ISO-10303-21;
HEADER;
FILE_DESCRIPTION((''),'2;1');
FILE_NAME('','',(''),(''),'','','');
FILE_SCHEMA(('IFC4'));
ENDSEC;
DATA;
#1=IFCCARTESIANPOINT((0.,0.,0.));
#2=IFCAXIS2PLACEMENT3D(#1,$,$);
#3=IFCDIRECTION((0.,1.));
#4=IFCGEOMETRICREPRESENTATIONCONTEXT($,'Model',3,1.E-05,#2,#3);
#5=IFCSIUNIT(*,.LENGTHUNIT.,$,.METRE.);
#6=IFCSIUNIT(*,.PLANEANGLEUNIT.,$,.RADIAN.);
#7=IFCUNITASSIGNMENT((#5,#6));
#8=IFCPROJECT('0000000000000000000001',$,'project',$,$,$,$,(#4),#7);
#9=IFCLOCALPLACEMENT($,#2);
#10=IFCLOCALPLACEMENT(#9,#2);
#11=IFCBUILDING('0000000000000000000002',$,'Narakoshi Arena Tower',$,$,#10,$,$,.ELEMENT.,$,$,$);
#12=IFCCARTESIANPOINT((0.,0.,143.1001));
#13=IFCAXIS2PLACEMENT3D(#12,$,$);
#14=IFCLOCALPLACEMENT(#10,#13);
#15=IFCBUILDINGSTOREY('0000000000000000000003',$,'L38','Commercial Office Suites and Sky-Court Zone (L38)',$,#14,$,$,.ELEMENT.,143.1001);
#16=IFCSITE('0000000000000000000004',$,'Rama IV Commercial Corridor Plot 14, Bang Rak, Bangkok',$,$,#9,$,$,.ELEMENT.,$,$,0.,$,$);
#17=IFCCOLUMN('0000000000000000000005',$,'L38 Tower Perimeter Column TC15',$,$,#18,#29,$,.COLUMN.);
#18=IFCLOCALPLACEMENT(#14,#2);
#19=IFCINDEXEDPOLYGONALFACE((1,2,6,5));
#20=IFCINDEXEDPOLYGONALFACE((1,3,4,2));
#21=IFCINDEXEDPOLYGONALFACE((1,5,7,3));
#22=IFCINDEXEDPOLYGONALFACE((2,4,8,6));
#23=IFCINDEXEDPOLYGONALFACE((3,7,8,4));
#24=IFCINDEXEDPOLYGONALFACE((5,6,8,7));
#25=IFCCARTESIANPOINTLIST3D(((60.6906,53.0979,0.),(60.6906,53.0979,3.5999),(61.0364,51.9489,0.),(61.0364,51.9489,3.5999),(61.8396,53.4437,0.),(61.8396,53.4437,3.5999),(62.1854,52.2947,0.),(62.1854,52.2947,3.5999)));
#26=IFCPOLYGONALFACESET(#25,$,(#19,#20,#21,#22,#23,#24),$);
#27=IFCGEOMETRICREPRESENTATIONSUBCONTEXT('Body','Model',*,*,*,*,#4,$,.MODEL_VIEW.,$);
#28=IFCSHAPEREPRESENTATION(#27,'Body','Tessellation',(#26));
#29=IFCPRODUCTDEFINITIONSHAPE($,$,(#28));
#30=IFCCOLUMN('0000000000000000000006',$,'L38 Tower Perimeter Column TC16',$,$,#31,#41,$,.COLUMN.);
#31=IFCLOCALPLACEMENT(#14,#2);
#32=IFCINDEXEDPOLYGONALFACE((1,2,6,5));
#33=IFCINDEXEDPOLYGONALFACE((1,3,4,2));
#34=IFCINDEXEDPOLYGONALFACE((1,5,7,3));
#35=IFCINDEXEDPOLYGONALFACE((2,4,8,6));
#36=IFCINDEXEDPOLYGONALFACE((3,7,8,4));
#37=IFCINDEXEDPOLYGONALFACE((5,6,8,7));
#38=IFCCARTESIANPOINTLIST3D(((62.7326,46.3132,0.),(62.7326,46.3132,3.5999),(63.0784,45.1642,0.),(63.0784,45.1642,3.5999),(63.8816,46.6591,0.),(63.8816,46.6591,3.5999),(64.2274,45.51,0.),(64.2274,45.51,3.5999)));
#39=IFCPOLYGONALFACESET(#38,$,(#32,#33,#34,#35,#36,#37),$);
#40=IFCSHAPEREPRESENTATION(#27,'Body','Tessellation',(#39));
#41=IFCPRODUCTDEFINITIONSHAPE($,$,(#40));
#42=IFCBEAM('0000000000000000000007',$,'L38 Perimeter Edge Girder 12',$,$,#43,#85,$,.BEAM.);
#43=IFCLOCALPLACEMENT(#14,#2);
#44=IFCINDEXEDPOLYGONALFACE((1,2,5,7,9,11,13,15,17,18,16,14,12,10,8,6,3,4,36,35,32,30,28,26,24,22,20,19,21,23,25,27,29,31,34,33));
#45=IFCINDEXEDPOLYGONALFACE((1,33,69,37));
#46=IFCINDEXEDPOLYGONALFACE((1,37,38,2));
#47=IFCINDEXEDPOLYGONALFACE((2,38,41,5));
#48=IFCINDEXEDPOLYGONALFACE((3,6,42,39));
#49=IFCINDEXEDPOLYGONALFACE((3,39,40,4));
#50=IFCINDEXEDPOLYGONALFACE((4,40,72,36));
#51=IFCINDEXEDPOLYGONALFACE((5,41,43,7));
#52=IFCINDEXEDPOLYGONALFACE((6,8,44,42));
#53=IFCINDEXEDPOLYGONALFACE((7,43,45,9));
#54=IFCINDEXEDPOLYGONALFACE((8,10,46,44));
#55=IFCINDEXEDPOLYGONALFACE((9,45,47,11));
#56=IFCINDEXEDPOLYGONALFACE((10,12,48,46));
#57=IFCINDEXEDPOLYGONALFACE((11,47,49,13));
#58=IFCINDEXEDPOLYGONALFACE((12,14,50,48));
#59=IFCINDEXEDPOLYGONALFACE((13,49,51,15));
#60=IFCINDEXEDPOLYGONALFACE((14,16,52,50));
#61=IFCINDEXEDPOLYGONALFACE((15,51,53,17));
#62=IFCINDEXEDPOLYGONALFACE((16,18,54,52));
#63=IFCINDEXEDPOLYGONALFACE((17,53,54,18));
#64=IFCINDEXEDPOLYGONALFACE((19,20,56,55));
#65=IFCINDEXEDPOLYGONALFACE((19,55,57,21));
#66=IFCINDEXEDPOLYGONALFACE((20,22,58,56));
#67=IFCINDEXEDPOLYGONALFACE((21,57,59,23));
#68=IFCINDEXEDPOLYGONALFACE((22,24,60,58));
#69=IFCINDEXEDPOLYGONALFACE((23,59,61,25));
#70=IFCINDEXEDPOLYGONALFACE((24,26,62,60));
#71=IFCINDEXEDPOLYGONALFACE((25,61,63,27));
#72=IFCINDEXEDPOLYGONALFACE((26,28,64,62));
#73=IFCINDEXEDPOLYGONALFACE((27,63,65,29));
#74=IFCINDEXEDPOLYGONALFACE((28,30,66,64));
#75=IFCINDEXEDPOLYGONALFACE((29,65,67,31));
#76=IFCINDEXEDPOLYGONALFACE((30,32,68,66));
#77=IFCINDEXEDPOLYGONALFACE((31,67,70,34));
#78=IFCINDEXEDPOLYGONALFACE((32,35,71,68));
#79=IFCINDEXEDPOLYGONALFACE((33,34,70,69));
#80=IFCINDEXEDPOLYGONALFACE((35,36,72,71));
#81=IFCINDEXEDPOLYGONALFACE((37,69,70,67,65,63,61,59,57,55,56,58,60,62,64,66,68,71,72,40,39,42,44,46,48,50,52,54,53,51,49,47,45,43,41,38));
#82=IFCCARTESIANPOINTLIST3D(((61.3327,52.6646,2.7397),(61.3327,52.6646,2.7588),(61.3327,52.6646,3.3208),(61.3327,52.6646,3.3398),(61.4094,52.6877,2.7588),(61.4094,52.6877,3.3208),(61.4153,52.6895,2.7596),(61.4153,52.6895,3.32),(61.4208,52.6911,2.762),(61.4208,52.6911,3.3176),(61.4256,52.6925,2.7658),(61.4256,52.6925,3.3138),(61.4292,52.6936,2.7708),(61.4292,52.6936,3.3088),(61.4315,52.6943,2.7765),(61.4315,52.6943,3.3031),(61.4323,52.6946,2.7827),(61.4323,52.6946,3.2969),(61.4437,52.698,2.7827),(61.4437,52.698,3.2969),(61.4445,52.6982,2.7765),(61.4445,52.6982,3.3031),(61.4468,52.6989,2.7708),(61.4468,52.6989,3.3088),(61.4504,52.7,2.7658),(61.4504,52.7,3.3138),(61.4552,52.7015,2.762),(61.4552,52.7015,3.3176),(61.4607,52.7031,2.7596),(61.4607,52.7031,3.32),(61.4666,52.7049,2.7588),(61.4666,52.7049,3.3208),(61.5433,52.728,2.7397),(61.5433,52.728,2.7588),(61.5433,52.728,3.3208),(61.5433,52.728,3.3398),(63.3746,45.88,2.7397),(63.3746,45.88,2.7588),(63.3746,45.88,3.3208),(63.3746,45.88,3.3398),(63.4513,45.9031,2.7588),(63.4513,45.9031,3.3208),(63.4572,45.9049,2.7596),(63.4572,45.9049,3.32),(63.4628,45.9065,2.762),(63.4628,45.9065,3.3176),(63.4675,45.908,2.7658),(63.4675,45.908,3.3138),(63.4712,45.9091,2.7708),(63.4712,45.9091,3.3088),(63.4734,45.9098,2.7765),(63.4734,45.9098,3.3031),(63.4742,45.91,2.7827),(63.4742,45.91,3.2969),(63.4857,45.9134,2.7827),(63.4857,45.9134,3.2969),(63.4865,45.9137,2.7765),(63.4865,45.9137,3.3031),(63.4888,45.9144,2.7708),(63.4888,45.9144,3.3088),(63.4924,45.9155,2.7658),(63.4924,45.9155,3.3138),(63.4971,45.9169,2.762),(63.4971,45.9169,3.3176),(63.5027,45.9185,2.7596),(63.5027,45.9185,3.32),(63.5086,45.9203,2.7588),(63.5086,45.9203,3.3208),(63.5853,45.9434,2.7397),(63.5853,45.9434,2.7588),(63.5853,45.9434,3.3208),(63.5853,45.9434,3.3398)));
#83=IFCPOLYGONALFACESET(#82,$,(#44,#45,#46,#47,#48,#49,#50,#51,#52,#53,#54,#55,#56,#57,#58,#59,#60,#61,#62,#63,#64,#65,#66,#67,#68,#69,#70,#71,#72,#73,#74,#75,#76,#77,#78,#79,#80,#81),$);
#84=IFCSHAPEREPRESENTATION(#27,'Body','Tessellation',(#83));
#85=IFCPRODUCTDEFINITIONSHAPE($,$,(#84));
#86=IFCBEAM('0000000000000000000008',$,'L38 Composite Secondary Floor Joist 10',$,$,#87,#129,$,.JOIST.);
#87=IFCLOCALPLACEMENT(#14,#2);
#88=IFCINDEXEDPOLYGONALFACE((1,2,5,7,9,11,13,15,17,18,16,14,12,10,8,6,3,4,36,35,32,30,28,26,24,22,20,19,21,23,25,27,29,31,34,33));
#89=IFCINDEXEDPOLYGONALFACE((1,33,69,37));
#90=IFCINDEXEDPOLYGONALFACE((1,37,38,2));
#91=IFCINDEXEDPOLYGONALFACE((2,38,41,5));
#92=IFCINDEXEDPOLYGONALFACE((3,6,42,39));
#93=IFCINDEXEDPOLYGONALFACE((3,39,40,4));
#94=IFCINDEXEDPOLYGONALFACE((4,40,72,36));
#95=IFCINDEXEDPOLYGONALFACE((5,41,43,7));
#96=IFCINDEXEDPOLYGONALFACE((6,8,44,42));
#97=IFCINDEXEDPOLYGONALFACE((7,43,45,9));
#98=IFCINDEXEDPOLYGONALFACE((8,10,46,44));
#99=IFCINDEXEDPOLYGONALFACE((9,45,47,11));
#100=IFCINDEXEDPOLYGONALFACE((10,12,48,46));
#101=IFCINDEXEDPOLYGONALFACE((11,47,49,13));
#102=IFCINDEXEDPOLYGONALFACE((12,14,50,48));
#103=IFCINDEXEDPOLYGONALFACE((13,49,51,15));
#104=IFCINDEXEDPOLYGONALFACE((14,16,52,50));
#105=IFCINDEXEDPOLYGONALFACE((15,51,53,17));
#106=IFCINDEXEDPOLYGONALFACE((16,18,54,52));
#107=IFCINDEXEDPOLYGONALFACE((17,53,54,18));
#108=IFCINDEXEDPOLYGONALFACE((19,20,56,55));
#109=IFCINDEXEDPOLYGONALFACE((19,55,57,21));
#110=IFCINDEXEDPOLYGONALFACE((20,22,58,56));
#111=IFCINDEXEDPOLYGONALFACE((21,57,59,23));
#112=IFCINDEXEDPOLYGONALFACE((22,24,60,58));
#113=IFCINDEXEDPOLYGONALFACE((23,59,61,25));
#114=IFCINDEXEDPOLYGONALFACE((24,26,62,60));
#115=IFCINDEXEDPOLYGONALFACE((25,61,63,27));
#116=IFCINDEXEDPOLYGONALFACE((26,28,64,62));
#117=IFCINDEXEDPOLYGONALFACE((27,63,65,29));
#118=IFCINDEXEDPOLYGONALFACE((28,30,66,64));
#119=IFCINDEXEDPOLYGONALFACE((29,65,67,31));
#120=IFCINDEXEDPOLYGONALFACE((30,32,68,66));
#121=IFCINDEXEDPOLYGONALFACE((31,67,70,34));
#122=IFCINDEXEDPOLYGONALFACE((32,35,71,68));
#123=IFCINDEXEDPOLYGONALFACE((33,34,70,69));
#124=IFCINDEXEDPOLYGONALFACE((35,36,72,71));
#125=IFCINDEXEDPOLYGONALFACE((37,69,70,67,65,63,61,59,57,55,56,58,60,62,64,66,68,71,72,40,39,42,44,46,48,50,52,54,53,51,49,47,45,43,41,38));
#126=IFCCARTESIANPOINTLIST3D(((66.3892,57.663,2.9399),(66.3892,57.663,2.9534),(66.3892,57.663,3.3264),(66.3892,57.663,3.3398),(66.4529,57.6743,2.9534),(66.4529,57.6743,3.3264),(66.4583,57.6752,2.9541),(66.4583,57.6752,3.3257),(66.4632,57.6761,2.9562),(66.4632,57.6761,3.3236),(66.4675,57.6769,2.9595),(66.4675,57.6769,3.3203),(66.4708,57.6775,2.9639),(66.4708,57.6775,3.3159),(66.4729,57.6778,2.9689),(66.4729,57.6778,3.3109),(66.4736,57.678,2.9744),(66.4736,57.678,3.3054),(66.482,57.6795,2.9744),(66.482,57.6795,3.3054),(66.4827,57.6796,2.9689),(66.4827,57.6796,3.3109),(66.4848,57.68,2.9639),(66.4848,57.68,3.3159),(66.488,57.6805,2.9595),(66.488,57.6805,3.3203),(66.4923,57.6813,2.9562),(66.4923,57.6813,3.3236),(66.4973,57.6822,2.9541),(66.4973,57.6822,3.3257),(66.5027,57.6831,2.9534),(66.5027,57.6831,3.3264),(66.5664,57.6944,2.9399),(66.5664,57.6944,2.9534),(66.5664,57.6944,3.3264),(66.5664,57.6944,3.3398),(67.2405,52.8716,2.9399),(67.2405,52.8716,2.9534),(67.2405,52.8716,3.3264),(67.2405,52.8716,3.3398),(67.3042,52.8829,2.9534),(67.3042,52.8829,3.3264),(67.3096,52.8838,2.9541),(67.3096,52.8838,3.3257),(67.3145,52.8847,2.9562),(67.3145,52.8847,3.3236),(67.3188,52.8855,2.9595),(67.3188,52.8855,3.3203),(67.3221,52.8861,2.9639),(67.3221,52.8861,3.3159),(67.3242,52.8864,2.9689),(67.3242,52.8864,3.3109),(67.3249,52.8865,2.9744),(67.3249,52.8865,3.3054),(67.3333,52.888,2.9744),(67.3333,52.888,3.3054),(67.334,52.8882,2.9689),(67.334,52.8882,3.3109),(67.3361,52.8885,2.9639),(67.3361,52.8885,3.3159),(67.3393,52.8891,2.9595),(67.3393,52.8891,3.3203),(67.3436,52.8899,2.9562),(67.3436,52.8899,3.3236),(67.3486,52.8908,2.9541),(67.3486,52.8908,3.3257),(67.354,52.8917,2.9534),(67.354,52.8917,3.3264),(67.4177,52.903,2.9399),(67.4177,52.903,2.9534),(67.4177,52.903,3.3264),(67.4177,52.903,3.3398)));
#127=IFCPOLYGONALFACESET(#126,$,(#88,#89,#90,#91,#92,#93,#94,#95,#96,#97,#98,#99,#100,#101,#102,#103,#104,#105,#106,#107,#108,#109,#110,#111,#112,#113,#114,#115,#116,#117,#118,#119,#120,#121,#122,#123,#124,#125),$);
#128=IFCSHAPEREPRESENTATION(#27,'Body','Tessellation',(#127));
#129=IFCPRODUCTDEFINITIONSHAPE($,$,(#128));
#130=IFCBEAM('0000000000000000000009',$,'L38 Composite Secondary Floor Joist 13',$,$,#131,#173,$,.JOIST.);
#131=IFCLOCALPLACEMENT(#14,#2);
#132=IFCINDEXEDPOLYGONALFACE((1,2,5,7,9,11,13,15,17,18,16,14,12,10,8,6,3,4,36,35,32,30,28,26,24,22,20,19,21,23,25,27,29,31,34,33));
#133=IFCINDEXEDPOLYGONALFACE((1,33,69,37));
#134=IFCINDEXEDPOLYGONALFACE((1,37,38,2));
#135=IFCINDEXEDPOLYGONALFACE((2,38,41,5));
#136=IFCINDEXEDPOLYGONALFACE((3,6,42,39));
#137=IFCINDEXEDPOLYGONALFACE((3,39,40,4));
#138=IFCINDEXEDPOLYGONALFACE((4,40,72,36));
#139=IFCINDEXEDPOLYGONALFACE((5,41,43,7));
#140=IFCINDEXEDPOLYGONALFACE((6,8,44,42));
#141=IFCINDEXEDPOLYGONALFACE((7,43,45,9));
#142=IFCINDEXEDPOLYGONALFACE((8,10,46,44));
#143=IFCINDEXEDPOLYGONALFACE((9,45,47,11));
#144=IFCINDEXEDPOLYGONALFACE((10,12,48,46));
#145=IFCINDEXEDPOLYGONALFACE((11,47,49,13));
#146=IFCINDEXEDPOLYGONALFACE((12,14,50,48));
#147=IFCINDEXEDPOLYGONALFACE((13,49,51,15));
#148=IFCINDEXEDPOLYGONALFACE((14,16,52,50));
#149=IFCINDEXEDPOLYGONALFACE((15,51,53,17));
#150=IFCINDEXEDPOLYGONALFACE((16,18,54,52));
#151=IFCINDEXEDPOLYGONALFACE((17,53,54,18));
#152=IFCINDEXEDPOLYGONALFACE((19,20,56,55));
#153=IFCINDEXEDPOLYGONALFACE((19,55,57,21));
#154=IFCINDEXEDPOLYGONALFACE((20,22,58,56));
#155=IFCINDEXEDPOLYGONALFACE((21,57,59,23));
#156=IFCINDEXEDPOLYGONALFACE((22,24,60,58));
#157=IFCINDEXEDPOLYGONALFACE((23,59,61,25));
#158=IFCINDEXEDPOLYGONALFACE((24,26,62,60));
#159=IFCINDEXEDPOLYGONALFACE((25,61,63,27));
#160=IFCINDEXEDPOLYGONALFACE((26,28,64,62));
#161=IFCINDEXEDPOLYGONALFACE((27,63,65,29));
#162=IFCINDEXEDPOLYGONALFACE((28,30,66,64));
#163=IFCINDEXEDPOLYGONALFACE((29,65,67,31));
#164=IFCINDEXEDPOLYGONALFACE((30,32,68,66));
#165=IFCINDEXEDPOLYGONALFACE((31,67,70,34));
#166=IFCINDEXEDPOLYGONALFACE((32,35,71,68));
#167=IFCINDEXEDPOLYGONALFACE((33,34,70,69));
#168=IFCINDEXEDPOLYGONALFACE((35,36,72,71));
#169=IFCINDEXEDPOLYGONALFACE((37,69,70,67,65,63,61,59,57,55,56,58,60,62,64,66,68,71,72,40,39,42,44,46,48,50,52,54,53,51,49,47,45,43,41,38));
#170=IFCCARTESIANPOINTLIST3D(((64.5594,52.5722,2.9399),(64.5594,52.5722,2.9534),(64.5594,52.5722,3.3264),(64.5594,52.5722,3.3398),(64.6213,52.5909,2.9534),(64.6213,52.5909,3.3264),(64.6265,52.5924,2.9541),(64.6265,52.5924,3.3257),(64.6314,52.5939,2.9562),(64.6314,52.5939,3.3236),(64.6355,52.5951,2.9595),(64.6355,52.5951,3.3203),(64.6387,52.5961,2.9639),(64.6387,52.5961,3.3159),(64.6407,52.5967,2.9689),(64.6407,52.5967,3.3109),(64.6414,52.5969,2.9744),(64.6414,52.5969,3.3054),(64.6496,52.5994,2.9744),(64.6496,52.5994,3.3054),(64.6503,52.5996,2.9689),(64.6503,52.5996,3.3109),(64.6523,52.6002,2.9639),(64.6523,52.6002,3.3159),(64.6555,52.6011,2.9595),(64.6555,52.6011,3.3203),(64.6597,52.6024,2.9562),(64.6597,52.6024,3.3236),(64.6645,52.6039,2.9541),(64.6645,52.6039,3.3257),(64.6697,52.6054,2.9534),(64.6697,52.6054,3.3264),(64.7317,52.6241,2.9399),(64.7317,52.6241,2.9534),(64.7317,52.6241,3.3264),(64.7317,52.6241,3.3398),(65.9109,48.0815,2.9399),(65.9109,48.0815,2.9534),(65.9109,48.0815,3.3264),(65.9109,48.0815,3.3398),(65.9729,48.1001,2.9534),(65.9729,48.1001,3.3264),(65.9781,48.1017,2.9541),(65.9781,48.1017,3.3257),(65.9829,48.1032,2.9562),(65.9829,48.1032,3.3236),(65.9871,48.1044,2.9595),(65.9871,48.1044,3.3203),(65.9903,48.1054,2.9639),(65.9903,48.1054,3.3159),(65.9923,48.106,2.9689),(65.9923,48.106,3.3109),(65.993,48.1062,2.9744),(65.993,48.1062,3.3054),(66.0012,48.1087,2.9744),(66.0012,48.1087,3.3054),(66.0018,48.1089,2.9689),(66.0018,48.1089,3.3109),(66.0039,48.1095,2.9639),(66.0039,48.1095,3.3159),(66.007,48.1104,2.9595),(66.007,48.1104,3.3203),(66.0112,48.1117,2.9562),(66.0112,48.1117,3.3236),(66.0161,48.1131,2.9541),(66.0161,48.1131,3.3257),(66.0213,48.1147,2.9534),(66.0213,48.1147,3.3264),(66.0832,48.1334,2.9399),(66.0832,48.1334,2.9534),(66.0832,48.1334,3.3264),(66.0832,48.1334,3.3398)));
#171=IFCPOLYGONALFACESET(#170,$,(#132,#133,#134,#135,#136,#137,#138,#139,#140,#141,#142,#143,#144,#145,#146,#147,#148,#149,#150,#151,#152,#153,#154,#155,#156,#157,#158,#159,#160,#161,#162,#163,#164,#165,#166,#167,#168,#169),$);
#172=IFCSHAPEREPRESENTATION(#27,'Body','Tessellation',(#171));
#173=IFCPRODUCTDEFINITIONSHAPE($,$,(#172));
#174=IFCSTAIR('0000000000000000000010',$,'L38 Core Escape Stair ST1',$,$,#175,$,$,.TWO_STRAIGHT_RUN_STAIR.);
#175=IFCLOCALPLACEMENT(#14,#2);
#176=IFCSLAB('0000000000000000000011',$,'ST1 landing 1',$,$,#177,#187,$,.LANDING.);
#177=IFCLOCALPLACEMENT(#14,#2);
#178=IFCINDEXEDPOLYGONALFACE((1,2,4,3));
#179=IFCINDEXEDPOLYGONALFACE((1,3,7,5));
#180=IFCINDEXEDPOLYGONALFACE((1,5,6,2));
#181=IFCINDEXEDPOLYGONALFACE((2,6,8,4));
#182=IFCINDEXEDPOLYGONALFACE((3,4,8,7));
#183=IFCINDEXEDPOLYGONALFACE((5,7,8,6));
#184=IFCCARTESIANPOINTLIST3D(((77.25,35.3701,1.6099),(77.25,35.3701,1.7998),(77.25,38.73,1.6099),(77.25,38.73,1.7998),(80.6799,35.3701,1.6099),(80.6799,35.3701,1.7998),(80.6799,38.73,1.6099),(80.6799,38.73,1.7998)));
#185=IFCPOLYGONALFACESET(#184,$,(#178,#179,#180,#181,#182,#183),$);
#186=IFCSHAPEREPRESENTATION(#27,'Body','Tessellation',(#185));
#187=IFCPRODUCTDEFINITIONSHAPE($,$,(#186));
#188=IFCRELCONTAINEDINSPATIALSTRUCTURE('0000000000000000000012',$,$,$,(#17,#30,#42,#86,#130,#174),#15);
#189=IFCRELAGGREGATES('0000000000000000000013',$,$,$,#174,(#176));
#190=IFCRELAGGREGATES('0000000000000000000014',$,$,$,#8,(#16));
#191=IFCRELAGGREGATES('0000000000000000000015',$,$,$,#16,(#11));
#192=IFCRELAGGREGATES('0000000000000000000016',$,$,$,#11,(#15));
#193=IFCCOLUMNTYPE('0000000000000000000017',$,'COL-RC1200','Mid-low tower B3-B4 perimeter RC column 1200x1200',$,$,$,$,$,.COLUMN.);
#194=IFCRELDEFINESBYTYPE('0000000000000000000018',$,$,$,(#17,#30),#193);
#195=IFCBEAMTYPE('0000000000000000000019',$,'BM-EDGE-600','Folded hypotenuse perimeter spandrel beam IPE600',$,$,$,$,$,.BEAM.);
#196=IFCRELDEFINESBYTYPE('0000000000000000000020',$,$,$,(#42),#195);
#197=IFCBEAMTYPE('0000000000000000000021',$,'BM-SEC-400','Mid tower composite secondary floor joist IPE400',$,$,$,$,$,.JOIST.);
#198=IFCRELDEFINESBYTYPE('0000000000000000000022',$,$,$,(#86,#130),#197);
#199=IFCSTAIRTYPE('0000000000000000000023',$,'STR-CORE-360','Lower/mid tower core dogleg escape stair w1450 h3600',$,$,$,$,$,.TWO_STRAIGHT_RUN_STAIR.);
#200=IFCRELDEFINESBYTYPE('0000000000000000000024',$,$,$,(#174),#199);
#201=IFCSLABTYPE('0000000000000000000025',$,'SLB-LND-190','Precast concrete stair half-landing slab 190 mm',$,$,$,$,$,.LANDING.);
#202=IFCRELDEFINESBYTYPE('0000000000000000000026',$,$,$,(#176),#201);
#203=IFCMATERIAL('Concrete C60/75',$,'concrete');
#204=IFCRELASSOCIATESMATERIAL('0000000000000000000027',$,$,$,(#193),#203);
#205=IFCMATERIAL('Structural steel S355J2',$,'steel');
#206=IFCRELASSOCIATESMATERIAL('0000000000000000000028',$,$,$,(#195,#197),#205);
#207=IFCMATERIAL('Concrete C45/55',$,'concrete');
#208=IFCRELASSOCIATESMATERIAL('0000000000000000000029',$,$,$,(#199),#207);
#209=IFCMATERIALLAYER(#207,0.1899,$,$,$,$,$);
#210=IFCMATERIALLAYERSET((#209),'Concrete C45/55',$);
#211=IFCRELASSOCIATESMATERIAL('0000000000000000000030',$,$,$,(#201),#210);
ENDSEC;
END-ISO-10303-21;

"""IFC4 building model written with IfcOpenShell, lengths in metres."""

from ifc_helpers import new_model, si_unit, direction, frame, origin, origin_2d, place, context, subcontext, project, spatial, polyline, rectangle, i_section, outline, extrude, material, layer, layer_set, material_profile, profile_set, type_object, element, aggregate, save


model = new_model("IFC4")

# Units and contexts
model_context = context("Model", 3, precision=1e-05, world=origin(), true_north=direction((0.0, 1.0)))
body_context = subcontext(model_context, "Body", "Model", "MODEL_VIEW")
ifc_project = project(units=[si_unit("LENGTHUNIT", "METRE"), si_unit("PLANEANGLEUNIT", "RADIAN")], contexts=[model_context])

# Site, building, storey
site_placement = place(None, origin())
site = spatial("IfcSite", under=ifc_project, at=site_placement, Name="Rama IV Commercial Corridor Plot 14, Bang Rak, Bangkok", CompositionType="ELEMENT", RefElevation=0.0)
building_placement = place(site_placement, origin())
building = spatial("IfcBuilding", under=site, at=building_placement, Name="Narakoshi Arena Tower", CompositionType="ELEMENT")
storey_placement = place(building_placement, frame((0.0, 0.0, 143.1001)))
storey = spatial("IfcBuildingStorey", under=building, at=storey_placement, Name="L38", Description="Commercial Office Suites and Sky-Court Zone (L38)", CompositionType="ELEMENT", Elevation=143.1001)

# Columns
ifc_material_1 = material(Name="Concrete C60/75", Category="concrete")
ifc_material_profile_1 = material_profile(ifc_material_1, rectangle(XDim=1.2, YDim=1.2, at=origin_2d()), Name="RC1200x1200")
ifc_profile_set_1 = profile_set([ifc_material_profile_1], Name="Concrete C60/75")
column_type = type_object("IfcColumnType", Name="COL-RC1200", Description="Mid-low tower B3-B4 perimeter RC column 1200x1200", PredefinedType="COLUMN", material=ifc_profile_set_1)
for number, where, z_axis, x_axis, name in (
    (1, (61.438, 52.6963, 0.0), (0.0, 0.0, 1.0), (-0.288196, 0.957571, 0.0), "L38 Tower Perimeter Column TC15"),
    (2, (63.48, 45.9116, 0.0), (0.0, 0.0, 1.0), (-0.288196, 0.957571, 0.0), "L38 Tower Perimeter Column TC16"),
):
    element("IfcColumn", number, at=place(storey_placement, frame(where, z_axis=z_axis, x_axis=x_axis)), inside=storey, type_object=column_type, Name=name, PredefinedType="COLUMN", context=body_context, shape_type="SweptSolid", body=[
        extrude(rectangle(XDim=1.2, YDim=1.2, at=origin_2d()), origin(), (0.0, 0.0, 1.0), 3.5999),
    ])

# Beams
ifc_material_2 = material(Name="Structural steel S355J2", Category="steel")
ifc_material_profile_2 = material_profile(ifc_material_2, i_section(OverallWidth=0.22, OverallDepth=0.6001, WebThickness=0.012, FlangeThickness=0.019, FilletRadius=0.0239, at=origin_2d()), Name="IPE600")
ifc_profile_set_2 = profile_set([ifc_material_profile_2], Name="Structural steel S355J2")
beam_type_1 = type_object("IfcBeamType", Name="BM-EDGE-600", Description="Folded hypotenuse perimeter spandrel beam IPE600", PredefinedType="BEAM", material=ifc_profile_set_2)
beam_1_placement = place(storey_placement, frame((61.438, 52.6963, 3.0398), z_axis=(0.288201, -0.95757, 0.0), x_axis=(0.95757, 0.288201, 0.0)))
element("IfcBeam", 3, at=beam_1_placement, inside=storey, type_object=beam_type_1, Name="L38 Perimeter Edge Girder 12", PredefinedType="BEAM", context=body_context, shape_type="SweptSolid", body=[
    extrude(i_section(OverallWidth=0.22, OverallDepth=0.6001, WebThickness=0.012, FlangeThickness=0.019, FilletRadius=0.0239, at=origin_2d()), origin(), (0.0, 0.0, 1.0), 7.0852),
])
ifc_material_profile_3 = material_profile(ifc_material_2, i_section(OverallWidth=0.1799, OverallDepth=0.3999, WebThickness=0.0085, FlangeThickness=0.0134, FilletRadius=0.021, at=origin_2d()), Name="IPE400")
ifc_profile_set_3 = profile_set([ifc_material_profile_3], Name="Structural steel S355J2")
beam_type_2 = type_object("IfcBeamType", Name="BM-SEC-400", Description="Mid tower composite secondary floor joist IPE400", PredefinedType="JOIST", material=ifc_profile_set_3)
beam_2_placement = place(storey_placement, frame((66.4778, 57.6787, 3.1399), z_axis=(0.174933, -0.98458, 0.0), x_axis=(0.98458, 0.174933, 0.0)))
element("IfcBeam", 4, at=beam_2_placement, inside=storey, type_object=beam_type_2, Name="L38 Composite Secondary Floor Joist 10", PredefinedType="JOIST", context=body_context, shape_type="SweptSolid", body=[
    extrude(i_section(OverallWidth=0.1799, OverallDepth=0.3999, WebThickness=0.0085, FlangeThickness=0.0134, FilletRadius=0.021, at=origin_2d()), origin(), (0.0, 0.0, 1.0), 4.8665),
])
beam_3_placement = place(storey_placement, frame((64.6455, 52.5981, 3.1399), z_axis=(0.288198, -0.957571, 0.0), x_axis=(0.957571, 0.288198, 0.0)))
element("IfcBeam", 5, at=beam_3_placement, inside=storey, type_object=beam_type_2, Name="L38 Composite Secondary Floor Joist 13", PredefinedType="JOIST", context=body_context, shape_type="SweptSolid", body=[
    extrude(i_section(OverallWidth=0.1799, OverallDepth=0.3999, WebThickness=0.0085, FlangeThickness=0.0134, FilletRadius=0.021, at=origin_2d()), origin(), (0.0, 0.0, 1.0), 4.6897),
])

# Stair, slab
ifc_material_3 = material(Name="Concrete C45/55", Category="concrete")
stair_type = type_object("IfcStairType", Name="STR-CORE-360", Description="Lower/mid tower core dogleg escape stair w1450 h3600", PredefinedType="TWO_STRAIGHT_RUN_STAIR", material=ifc_material_3)
stair_1_placement = place(storey_placement, origin())
stair_1 = element("IfcStair", 6, at=stair_1_placement, inside=storey, type_object=stair_type, Name="L38 Core Escape Stair ST1", PredefinedType="TWO_STRAIGHT_RUN_STAIR")
ifc_layer_1 = layer(ifc_material_3, 0.1899)
ifc_layer_set_1 = layer_set([ifc_layer_1], Name="Concrete C45/55")
slab_type_1 = type_object("IfcSlabType", Name="SLB-LND-190", Description="Precast concrete stair half-landing slab 190 mm", PredefinedType="LANDING", material=ifc_layer_set_1)
slab_1_placement = place(storey_placement, frame((0.0, 0.0, 1.6099)))
slab_1 = element("IfcSlab", 7, at=slab_1_placement, type_object=slab_type_1, Name="ST1 landing 1", PredefinedType="LANDING", context=body_context, shape_type="SweptSolid", body=[
    extrude(outline(polyline([(77.25, 35.3701), (80.6799, 35.3701), (80.6799, 38.73), (77.25, 38.73), (77.25, 35.3701)])), origin(), (0.0, 0.0, 1.0), 0.1899),
])
aggregate(stair_1, [slab_1])

save(model, "model.ifc")
